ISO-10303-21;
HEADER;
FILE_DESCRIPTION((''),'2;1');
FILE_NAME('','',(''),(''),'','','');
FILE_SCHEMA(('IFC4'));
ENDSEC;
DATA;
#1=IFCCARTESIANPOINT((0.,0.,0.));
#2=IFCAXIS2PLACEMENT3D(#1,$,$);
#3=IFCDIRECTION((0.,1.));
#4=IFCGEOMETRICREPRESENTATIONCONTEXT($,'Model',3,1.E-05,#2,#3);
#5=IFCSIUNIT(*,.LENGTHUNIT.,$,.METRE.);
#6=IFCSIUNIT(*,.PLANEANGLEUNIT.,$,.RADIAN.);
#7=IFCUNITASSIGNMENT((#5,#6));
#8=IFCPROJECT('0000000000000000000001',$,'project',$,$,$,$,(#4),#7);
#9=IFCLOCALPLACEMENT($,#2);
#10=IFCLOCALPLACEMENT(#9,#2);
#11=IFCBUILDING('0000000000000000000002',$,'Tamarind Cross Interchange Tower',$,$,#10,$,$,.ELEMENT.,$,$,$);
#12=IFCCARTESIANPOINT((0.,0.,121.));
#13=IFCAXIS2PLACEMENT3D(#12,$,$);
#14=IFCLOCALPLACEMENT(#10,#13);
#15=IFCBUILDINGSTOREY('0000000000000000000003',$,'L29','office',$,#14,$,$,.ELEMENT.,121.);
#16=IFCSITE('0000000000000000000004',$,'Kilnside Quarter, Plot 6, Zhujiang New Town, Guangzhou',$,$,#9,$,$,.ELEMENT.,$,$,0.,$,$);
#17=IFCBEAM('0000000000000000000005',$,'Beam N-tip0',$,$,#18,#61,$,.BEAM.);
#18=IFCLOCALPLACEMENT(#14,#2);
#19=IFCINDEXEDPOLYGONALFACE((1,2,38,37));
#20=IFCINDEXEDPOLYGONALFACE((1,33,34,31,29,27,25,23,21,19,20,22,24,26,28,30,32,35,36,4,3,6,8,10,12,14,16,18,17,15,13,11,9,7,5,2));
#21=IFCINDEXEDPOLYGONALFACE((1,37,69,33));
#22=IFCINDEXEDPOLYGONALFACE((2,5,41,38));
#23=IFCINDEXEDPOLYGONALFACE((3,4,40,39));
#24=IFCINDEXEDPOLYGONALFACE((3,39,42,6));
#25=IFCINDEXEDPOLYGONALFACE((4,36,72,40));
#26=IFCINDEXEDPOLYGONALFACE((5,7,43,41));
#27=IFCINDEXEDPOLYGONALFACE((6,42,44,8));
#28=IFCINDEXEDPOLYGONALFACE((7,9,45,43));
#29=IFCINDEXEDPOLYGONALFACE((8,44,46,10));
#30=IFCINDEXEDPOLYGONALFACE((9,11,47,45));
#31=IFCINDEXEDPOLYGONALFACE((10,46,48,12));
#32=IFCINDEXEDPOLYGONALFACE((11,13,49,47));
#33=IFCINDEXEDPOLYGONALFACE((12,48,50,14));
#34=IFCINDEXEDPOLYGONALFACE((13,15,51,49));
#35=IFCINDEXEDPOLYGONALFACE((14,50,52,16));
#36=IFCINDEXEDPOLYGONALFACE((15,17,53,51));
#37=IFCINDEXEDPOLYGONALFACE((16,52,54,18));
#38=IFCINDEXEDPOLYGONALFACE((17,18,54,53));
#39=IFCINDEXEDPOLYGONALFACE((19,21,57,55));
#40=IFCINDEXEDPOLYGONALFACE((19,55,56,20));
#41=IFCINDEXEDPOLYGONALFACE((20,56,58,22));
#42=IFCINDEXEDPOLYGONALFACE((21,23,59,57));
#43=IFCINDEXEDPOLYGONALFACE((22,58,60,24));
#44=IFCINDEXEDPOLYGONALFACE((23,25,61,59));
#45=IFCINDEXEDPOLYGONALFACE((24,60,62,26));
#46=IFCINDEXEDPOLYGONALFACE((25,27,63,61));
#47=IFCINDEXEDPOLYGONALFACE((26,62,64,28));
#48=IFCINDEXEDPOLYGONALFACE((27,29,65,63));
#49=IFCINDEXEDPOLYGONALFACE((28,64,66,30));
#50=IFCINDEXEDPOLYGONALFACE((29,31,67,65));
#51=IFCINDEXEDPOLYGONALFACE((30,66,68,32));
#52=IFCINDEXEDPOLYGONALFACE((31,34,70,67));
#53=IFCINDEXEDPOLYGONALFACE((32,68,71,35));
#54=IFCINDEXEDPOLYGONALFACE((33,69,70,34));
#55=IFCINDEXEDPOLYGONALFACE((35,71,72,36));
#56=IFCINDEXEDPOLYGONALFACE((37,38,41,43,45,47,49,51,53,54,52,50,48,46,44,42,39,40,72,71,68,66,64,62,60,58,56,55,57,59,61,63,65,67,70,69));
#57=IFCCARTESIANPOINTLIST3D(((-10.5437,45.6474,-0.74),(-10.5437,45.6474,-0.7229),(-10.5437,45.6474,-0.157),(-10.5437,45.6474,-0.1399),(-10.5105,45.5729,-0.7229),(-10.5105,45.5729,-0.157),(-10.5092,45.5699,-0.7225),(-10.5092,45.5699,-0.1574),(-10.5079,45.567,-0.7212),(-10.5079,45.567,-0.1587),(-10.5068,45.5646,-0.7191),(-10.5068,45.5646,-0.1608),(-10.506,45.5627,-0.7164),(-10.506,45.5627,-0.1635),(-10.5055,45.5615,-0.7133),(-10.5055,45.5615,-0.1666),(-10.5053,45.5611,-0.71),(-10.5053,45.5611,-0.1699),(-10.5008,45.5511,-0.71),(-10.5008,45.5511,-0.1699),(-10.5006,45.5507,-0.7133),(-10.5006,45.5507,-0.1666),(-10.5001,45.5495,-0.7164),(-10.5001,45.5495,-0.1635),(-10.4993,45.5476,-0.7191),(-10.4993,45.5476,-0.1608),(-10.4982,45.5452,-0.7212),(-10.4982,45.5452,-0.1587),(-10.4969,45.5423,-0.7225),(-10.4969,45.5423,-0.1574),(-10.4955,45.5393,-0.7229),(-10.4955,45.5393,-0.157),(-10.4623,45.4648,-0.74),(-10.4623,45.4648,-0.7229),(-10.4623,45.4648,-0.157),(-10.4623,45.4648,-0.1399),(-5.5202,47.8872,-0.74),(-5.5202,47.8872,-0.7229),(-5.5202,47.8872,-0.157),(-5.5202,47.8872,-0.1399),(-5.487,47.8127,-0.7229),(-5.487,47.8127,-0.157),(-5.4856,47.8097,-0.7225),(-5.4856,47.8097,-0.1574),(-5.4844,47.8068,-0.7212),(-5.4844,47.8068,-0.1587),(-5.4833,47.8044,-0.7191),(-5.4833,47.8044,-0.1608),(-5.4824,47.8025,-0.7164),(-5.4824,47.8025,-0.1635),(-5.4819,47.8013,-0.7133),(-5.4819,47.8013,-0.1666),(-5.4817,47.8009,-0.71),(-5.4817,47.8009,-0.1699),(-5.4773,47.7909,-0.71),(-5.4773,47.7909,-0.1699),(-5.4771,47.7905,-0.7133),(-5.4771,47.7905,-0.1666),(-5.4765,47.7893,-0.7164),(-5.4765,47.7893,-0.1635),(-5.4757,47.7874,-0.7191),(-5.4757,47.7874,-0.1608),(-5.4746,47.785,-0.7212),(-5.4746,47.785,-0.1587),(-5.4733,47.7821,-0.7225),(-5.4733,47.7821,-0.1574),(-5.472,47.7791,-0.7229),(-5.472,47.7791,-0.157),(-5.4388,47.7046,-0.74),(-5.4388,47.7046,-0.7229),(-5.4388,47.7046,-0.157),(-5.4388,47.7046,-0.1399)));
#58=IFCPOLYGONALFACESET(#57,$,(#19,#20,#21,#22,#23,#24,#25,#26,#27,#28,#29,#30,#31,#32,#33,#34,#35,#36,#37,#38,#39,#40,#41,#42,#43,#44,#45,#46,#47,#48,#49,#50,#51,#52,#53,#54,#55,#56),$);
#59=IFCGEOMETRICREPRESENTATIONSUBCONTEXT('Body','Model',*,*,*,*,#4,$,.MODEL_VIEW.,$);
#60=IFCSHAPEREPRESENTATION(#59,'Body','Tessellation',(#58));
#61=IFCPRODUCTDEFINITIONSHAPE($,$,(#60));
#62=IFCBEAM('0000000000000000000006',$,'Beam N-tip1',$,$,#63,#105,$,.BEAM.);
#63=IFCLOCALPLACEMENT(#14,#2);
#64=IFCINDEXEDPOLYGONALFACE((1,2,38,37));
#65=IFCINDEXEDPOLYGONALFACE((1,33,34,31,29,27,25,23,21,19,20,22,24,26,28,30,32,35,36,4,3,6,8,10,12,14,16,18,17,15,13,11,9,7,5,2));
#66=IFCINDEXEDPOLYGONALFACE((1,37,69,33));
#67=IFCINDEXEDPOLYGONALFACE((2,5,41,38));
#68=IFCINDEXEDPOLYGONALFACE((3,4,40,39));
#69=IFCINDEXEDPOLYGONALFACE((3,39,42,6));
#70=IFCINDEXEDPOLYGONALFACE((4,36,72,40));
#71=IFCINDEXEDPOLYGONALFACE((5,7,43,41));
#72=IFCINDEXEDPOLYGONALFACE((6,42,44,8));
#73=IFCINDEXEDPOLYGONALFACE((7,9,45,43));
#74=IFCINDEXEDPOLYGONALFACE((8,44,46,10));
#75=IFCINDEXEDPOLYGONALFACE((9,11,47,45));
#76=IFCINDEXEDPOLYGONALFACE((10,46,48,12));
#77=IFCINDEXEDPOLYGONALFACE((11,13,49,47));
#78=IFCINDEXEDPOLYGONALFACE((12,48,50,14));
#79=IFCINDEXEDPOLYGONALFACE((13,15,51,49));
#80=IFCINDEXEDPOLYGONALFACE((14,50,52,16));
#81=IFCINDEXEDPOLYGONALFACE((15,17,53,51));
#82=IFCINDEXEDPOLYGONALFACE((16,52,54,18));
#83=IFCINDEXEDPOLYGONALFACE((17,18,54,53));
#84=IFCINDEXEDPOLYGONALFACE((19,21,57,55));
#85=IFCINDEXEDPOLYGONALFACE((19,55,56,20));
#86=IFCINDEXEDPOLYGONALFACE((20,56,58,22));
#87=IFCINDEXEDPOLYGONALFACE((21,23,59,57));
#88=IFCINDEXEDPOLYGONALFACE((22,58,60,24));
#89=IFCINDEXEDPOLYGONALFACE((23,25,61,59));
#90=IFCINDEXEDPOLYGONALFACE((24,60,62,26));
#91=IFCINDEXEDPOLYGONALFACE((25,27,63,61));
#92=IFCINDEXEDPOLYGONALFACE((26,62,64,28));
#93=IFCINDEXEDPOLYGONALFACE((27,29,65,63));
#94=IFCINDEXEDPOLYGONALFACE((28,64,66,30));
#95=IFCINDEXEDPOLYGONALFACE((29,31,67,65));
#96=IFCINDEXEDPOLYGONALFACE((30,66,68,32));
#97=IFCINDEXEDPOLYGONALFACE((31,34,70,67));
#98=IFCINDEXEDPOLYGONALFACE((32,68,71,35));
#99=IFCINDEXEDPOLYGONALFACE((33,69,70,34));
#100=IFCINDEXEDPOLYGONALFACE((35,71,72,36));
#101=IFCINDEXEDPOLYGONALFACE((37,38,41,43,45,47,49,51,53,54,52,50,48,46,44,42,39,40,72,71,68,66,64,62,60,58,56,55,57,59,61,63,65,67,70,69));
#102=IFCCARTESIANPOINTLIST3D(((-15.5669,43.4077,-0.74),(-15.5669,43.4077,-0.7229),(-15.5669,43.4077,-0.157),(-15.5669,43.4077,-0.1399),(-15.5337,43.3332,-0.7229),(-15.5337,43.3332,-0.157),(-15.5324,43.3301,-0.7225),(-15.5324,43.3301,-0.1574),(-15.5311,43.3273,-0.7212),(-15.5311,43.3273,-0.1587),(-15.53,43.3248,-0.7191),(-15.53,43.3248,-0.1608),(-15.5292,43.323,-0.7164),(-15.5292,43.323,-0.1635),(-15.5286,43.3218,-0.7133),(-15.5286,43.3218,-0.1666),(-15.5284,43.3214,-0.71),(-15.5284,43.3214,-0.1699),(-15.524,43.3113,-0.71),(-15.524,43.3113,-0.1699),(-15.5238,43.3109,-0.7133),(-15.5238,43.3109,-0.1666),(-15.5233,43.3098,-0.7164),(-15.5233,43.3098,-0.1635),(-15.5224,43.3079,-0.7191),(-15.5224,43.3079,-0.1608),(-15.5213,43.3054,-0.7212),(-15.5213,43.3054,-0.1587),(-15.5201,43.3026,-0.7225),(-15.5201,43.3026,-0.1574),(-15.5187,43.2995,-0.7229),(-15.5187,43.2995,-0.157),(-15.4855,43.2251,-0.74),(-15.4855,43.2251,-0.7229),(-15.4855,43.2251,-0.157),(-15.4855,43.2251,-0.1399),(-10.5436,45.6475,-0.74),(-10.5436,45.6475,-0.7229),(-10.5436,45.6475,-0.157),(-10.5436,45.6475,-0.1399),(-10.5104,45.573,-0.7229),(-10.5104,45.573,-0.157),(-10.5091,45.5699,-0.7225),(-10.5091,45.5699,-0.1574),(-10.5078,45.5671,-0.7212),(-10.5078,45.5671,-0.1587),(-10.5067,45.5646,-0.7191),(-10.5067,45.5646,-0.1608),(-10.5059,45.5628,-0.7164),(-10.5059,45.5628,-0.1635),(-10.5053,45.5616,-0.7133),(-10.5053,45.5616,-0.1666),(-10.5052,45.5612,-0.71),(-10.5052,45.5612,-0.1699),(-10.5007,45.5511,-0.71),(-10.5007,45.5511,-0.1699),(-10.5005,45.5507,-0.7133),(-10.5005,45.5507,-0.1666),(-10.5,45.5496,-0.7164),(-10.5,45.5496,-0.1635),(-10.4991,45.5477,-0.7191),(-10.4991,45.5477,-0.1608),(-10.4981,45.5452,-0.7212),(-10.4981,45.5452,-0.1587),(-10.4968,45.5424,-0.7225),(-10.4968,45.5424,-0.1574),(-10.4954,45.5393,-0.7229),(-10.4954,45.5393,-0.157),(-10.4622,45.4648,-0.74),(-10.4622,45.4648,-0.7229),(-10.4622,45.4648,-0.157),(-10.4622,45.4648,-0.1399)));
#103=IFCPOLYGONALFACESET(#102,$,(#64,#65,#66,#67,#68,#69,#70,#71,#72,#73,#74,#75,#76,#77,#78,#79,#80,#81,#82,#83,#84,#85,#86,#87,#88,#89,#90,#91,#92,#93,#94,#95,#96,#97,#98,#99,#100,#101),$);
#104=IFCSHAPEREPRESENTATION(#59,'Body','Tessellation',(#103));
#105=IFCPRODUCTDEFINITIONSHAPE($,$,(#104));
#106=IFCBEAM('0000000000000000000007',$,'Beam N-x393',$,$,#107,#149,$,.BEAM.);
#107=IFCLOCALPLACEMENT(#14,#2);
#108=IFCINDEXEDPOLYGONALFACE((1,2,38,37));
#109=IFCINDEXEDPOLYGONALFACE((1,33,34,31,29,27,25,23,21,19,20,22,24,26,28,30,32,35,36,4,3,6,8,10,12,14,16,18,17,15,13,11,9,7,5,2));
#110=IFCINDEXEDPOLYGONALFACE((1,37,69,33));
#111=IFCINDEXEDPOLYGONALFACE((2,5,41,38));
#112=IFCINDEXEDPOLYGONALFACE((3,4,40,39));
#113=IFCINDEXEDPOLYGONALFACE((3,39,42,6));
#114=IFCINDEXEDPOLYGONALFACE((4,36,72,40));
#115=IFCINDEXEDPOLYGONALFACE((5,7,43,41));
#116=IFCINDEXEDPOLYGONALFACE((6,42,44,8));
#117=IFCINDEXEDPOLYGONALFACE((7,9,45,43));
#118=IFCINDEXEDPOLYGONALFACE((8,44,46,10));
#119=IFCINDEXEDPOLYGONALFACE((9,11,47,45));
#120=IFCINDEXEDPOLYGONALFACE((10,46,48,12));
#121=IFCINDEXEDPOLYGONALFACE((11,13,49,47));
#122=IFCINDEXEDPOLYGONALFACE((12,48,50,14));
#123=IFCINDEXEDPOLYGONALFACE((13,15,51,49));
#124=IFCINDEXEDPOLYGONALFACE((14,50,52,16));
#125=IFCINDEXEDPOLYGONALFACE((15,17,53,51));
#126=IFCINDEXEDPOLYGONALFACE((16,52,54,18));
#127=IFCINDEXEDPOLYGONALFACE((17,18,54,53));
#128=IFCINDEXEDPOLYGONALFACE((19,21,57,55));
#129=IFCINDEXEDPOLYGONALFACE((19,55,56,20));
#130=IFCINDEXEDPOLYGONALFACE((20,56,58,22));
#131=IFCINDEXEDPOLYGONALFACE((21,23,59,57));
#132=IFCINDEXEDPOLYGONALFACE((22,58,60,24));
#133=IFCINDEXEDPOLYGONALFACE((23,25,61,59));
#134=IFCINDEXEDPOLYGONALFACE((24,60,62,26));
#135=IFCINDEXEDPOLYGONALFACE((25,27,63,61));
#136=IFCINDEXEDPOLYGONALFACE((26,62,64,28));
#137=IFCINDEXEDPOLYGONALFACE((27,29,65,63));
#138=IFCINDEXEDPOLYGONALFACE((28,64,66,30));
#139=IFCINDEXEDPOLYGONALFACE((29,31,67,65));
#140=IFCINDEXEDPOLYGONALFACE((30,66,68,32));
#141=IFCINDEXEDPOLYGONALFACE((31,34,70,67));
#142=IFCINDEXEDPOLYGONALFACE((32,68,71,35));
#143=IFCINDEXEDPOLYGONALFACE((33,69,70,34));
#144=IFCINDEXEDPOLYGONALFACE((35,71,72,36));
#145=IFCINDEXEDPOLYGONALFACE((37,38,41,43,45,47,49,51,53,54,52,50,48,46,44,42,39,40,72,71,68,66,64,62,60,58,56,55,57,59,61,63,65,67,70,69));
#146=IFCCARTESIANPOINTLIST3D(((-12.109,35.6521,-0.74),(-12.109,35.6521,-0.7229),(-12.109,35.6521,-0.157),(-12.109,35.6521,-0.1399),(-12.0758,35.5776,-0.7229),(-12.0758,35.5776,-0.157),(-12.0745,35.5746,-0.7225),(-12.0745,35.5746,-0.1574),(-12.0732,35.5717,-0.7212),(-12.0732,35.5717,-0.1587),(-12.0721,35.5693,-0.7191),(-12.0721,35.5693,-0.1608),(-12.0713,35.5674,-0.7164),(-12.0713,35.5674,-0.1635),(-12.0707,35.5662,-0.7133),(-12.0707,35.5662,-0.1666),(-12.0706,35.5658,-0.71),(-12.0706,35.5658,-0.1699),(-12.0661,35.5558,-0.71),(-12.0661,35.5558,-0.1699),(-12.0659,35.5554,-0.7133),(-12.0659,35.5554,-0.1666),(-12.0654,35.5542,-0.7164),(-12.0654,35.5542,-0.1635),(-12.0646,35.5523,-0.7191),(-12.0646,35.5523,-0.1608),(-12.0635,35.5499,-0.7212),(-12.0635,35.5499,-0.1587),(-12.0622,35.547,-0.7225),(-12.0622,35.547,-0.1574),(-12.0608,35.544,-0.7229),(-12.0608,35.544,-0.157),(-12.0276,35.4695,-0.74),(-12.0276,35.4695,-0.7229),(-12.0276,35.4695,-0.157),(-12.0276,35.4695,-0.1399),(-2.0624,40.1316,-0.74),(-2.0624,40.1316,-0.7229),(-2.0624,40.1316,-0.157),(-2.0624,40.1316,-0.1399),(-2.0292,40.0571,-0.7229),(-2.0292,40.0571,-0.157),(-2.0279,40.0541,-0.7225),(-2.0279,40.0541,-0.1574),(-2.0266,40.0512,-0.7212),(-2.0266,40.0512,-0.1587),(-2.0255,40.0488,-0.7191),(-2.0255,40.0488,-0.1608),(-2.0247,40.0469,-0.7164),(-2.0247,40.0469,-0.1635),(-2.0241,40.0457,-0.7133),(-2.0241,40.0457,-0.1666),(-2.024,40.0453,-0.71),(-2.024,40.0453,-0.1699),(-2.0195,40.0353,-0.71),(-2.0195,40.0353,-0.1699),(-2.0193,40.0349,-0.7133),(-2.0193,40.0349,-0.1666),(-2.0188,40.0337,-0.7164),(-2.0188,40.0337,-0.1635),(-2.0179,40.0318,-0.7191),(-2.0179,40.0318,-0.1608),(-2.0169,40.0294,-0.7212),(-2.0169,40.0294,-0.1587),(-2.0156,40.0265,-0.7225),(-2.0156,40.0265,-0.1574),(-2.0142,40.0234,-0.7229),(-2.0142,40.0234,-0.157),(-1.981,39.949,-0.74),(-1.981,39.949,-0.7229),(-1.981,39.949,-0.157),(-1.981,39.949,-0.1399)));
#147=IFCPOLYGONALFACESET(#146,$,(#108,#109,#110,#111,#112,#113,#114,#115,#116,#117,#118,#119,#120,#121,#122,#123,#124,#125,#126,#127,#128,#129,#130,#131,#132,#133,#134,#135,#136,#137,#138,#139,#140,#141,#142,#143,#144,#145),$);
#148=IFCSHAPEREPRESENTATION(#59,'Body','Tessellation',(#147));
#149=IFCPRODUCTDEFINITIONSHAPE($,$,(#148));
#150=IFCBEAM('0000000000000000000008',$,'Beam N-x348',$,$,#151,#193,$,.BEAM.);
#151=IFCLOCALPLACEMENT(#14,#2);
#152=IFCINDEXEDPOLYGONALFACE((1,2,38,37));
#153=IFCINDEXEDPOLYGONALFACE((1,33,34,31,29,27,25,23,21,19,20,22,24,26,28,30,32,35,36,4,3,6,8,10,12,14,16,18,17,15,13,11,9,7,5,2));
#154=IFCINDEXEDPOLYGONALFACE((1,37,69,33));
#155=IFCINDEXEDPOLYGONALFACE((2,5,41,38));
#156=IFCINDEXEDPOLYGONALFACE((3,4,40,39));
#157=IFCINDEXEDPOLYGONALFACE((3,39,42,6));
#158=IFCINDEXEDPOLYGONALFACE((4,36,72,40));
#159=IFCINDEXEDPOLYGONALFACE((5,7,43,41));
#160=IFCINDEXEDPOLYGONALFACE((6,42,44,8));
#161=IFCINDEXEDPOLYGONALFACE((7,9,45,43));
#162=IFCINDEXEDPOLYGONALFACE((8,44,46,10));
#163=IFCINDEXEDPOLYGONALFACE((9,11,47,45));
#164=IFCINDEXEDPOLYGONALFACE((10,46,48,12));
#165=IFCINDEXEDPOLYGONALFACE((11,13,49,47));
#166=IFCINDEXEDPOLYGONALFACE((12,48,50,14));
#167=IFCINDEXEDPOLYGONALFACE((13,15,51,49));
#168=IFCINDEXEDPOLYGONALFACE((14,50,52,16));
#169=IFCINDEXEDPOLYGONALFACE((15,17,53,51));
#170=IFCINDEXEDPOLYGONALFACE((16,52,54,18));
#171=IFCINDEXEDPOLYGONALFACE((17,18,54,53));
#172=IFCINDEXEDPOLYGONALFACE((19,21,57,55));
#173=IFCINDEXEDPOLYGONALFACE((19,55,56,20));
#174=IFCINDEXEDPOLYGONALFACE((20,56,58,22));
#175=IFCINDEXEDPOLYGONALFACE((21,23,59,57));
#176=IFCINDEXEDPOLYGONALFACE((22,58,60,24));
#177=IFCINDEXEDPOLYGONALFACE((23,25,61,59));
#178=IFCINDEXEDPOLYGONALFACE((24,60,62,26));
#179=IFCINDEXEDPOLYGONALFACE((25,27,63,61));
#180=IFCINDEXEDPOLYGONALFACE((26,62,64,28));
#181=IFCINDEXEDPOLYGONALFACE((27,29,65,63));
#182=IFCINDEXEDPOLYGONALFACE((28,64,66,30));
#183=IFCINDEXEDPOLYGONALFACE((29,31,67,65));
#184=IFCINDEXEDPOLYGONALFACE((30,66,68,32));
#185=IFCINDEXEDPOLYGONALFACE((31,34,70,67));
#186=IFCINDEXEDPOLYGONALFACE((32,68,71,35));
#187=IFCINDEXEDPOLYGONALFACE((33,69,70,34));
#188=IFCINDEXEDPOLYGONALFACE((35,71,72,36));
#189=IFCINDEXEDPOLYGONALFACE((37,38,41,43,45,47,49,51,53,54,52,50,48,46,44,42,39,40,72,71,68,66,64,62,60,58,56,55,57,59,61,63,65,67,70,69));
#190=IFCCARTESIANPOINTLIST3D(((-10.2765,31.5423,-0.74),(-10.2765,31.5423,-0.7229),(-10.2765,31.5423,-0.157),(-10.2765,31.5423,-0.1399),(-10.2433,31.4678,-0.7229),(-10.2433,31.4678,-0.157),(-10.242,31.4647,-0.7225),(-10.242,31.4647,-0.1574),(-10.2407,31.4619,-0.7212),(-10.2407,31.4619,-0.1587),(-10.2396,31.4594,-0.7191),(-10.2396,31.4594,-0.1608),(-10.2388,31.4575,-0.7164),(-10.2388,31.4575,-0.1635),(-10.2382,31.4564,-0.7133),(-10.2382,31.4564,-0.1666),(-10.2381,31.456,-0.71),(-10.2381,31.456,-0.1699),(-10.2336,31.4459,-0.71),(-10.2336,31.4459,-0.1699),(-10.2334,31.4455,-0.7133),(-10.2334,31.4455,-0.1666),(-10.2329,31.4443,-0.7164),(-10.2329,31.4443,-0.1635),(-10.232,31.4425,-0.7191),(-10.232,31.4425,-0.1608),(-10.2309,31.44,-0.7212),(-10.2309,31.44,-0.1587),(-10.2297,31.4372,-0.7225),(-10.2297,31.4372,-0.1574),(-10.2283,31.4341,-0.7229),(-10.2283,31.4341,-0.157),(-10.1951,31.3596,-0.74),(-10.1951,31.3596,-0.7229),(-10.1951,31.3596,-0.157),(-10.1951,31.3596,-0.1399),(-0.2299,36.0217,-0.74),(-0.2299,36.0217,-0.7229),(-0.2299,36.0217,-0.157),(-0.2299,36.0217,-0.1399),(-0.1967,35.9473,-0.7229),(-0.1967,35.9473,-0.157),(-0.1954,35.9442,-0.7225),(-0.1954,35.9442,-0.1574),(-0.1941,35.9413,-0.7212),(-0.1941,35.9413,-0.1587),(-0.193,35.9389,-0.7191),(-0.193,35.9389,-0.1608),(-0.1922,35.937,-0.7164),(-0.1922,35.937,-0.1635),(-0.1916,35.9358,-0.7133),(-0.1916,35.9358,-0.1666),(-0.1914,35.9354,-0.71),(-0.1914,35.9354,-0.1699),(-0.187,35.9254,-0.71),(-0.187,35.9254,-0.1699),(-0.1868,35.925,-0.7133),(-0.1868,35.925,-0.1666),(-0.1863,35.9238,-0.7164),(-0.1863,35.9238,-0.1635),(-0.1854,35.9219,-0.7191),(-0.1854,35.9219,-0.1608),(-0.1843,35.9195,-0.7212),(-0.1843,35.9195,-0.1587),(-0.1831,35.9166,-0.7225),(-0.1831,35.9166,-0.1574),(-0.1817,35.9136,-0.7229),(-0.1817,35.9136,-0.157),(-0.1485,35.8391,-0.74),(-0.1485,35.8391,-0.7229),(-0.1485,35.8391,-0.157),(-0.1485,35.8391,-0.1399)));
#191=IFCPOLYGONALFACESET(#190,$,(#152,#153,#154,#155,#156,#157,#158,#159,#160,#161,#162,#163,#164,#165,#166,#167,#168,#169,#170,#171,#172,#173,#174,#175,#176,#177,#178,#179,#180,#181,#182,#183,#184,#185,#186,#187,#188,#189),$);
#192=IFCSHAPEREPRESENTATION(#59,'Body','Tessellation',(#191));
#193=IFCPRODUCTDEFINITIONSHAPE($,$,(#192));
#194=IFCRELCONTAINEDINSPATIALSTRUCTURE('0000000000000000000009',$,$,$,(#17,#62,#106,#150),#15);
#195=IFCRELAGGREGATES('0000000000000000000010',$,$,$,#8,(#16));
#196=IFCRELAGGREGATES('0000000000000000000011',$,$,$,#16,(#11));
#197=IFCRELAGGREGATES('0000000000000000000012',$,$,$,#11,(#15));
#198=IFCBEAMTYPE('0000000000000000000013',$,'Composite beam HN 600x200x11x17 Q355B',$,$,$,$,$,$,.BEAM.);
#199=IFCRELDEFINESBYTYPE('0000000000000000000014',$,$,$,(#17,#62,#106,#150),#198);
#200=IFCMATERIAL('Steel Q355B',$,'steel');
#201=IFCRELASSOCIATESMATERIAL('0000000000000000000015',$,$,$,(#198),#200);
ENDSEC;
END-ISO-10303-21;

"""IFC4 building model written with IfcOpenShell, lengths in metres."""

from ifc_helpers import new_model, si_unit, direction, frame, origin, origin_2d, place, context, subcontext, project, spatial, i_section, extrude, material, material_profile, profile_set, type_object, element, save


model = new_model("IFC4")

# Units and contexts
model_context = context("Model", 3, precision=1e-05, world=origin(), true_north=direction((0.0, 1.0)))
body_context = subcontext(model_context, "Body", "Model", "MODEL_VIEW")
ifc_project = project(units=[si_unit("LENGTHUNIT", "METRE"), si_unit("PLANEANGLEUNIT", "RADIAN")], contexts=[model_context])

# Site, building, storey
site_placement = place(None, origin())
site = spatial("IfcSite", under=ifc_project, at=site_placement, Name="Kilnside Quarter, Plot 6, Zhujiang New Town, Guangzhou", CompositionType="ELEMENT", RefElevation=0.0)
building_placement = place(site_placement, origin())
building = spatial("IfcBuilding", under=site, at=building_placement, Name="Tamarind Cross Interchange Tower", CompositionType="ELEMENT")
storey_placement = place(building_placement, frame((0.0, 0.0, 121.0)))
storey = spatial("IfcBuildingStorey", under=building, at=storey_placement, Name="L29", Description="office", CompositionType="ELEMENT", Elevation=121.0)

# Beams
ifc_material_1 = material(Name="Steel Q355B", Category="steel")
ifc_material_profile_1 = material_profile(ifc_material_1, i_section(OverallWidth=0.2, OverallDepth=0.6001, WebThickness=0.011, FlangeThickness=0.0171, FilletRadius=0.0129, at=origin_2d()), Name="HN 600x200x11x17")
ifc_profile_set_1 = profile_set([ifc_material_profile_1], Name="Steel Q355B")
beam_type_1 = type_object("IfcBeamType", Name="Composite beam HN 600x200x11x17 Q355B", PredefinedType="BEAM", material=ifc_profile_set_1)
beam_1_placement = place(storey_placement, frame((-5.4795, 47.7959, -0.4399), z_axis=(-0.913331, -0.407217, 0.0), x_axis=(0.407217, -0.913331, 0.0)))
element("IfcBeam", 1, at=beam_1_placement, inside=storey, type_object=beam_type_1, Name="Beam N-tip0", PredefinedType="BEAM", context=body_context, shape_type="SweptSolid", body=[
    extrude(i_section(OverallWidth=0.2, OverallDepth=0.6001, WebThickness=0.011, FlangeThickness=0.0171, FilletRadius=0.0129, at=origin_2d()), origin(), (0.0, 0.0, 1.0), 5.5002),
])
beam_2_placement = place(storey_placement, frame((-10.5029, 45.5562, -0.4399), z_axis=(-0.913324, -0.407234, 0.0), x_axis=(0.407234, -0.913324, 0.0)))
element("IfcBeam", 2, at=beam_2_placement, inside=storey, type_object=beam_type_1, Name="Beam N-tip1", PredefinedType="BEAM", context=body_context, shape_type="SweptSolid", body=[
    extrude(i_section(OverallWidth=0.2, OverallDepth=0.6001, WebThickness=0.011, FlangeThickness=0.0171, FilletRadius=0.0129, at=origin_2d()), origin(), (0.0, 0.0, 1.0), 5.5),
])
for number, where, z_axis, x_axis, name in (
    (3, (-2.0217, 40.0403, -0.4399), (-0.913328, -0.407225, 0.0), (0.407225, -0.913328, 0.0), "Beam N-x393"),
    (4, (-0.1892, 35.9304, -0.4399), (-0.913328, -0.407225, 0.0), (0.407225, -0.913328, 0.0), "Beam N-x348"),
):
    element("IfcBeam", number, at=place(storey_placement, frame(where, z_axis=z_axis, x_axis=x_axis)), inside=storey, type_object=beam_type_1, Name=name, PredefinedType="BEAM", context=body_context, shape_type="SweptSolid", body=[
        extrude(i_section(OverallWidth=0.2, OverallDepth=0.6001, WebThickness=0.011, FlangeThickness=0.0171, FilletRadius=0.0129, at=origin_2d()), origin(), (0.0, 0.0, 1.0), 11.0),
    ])

save(model, "model.ifc")
